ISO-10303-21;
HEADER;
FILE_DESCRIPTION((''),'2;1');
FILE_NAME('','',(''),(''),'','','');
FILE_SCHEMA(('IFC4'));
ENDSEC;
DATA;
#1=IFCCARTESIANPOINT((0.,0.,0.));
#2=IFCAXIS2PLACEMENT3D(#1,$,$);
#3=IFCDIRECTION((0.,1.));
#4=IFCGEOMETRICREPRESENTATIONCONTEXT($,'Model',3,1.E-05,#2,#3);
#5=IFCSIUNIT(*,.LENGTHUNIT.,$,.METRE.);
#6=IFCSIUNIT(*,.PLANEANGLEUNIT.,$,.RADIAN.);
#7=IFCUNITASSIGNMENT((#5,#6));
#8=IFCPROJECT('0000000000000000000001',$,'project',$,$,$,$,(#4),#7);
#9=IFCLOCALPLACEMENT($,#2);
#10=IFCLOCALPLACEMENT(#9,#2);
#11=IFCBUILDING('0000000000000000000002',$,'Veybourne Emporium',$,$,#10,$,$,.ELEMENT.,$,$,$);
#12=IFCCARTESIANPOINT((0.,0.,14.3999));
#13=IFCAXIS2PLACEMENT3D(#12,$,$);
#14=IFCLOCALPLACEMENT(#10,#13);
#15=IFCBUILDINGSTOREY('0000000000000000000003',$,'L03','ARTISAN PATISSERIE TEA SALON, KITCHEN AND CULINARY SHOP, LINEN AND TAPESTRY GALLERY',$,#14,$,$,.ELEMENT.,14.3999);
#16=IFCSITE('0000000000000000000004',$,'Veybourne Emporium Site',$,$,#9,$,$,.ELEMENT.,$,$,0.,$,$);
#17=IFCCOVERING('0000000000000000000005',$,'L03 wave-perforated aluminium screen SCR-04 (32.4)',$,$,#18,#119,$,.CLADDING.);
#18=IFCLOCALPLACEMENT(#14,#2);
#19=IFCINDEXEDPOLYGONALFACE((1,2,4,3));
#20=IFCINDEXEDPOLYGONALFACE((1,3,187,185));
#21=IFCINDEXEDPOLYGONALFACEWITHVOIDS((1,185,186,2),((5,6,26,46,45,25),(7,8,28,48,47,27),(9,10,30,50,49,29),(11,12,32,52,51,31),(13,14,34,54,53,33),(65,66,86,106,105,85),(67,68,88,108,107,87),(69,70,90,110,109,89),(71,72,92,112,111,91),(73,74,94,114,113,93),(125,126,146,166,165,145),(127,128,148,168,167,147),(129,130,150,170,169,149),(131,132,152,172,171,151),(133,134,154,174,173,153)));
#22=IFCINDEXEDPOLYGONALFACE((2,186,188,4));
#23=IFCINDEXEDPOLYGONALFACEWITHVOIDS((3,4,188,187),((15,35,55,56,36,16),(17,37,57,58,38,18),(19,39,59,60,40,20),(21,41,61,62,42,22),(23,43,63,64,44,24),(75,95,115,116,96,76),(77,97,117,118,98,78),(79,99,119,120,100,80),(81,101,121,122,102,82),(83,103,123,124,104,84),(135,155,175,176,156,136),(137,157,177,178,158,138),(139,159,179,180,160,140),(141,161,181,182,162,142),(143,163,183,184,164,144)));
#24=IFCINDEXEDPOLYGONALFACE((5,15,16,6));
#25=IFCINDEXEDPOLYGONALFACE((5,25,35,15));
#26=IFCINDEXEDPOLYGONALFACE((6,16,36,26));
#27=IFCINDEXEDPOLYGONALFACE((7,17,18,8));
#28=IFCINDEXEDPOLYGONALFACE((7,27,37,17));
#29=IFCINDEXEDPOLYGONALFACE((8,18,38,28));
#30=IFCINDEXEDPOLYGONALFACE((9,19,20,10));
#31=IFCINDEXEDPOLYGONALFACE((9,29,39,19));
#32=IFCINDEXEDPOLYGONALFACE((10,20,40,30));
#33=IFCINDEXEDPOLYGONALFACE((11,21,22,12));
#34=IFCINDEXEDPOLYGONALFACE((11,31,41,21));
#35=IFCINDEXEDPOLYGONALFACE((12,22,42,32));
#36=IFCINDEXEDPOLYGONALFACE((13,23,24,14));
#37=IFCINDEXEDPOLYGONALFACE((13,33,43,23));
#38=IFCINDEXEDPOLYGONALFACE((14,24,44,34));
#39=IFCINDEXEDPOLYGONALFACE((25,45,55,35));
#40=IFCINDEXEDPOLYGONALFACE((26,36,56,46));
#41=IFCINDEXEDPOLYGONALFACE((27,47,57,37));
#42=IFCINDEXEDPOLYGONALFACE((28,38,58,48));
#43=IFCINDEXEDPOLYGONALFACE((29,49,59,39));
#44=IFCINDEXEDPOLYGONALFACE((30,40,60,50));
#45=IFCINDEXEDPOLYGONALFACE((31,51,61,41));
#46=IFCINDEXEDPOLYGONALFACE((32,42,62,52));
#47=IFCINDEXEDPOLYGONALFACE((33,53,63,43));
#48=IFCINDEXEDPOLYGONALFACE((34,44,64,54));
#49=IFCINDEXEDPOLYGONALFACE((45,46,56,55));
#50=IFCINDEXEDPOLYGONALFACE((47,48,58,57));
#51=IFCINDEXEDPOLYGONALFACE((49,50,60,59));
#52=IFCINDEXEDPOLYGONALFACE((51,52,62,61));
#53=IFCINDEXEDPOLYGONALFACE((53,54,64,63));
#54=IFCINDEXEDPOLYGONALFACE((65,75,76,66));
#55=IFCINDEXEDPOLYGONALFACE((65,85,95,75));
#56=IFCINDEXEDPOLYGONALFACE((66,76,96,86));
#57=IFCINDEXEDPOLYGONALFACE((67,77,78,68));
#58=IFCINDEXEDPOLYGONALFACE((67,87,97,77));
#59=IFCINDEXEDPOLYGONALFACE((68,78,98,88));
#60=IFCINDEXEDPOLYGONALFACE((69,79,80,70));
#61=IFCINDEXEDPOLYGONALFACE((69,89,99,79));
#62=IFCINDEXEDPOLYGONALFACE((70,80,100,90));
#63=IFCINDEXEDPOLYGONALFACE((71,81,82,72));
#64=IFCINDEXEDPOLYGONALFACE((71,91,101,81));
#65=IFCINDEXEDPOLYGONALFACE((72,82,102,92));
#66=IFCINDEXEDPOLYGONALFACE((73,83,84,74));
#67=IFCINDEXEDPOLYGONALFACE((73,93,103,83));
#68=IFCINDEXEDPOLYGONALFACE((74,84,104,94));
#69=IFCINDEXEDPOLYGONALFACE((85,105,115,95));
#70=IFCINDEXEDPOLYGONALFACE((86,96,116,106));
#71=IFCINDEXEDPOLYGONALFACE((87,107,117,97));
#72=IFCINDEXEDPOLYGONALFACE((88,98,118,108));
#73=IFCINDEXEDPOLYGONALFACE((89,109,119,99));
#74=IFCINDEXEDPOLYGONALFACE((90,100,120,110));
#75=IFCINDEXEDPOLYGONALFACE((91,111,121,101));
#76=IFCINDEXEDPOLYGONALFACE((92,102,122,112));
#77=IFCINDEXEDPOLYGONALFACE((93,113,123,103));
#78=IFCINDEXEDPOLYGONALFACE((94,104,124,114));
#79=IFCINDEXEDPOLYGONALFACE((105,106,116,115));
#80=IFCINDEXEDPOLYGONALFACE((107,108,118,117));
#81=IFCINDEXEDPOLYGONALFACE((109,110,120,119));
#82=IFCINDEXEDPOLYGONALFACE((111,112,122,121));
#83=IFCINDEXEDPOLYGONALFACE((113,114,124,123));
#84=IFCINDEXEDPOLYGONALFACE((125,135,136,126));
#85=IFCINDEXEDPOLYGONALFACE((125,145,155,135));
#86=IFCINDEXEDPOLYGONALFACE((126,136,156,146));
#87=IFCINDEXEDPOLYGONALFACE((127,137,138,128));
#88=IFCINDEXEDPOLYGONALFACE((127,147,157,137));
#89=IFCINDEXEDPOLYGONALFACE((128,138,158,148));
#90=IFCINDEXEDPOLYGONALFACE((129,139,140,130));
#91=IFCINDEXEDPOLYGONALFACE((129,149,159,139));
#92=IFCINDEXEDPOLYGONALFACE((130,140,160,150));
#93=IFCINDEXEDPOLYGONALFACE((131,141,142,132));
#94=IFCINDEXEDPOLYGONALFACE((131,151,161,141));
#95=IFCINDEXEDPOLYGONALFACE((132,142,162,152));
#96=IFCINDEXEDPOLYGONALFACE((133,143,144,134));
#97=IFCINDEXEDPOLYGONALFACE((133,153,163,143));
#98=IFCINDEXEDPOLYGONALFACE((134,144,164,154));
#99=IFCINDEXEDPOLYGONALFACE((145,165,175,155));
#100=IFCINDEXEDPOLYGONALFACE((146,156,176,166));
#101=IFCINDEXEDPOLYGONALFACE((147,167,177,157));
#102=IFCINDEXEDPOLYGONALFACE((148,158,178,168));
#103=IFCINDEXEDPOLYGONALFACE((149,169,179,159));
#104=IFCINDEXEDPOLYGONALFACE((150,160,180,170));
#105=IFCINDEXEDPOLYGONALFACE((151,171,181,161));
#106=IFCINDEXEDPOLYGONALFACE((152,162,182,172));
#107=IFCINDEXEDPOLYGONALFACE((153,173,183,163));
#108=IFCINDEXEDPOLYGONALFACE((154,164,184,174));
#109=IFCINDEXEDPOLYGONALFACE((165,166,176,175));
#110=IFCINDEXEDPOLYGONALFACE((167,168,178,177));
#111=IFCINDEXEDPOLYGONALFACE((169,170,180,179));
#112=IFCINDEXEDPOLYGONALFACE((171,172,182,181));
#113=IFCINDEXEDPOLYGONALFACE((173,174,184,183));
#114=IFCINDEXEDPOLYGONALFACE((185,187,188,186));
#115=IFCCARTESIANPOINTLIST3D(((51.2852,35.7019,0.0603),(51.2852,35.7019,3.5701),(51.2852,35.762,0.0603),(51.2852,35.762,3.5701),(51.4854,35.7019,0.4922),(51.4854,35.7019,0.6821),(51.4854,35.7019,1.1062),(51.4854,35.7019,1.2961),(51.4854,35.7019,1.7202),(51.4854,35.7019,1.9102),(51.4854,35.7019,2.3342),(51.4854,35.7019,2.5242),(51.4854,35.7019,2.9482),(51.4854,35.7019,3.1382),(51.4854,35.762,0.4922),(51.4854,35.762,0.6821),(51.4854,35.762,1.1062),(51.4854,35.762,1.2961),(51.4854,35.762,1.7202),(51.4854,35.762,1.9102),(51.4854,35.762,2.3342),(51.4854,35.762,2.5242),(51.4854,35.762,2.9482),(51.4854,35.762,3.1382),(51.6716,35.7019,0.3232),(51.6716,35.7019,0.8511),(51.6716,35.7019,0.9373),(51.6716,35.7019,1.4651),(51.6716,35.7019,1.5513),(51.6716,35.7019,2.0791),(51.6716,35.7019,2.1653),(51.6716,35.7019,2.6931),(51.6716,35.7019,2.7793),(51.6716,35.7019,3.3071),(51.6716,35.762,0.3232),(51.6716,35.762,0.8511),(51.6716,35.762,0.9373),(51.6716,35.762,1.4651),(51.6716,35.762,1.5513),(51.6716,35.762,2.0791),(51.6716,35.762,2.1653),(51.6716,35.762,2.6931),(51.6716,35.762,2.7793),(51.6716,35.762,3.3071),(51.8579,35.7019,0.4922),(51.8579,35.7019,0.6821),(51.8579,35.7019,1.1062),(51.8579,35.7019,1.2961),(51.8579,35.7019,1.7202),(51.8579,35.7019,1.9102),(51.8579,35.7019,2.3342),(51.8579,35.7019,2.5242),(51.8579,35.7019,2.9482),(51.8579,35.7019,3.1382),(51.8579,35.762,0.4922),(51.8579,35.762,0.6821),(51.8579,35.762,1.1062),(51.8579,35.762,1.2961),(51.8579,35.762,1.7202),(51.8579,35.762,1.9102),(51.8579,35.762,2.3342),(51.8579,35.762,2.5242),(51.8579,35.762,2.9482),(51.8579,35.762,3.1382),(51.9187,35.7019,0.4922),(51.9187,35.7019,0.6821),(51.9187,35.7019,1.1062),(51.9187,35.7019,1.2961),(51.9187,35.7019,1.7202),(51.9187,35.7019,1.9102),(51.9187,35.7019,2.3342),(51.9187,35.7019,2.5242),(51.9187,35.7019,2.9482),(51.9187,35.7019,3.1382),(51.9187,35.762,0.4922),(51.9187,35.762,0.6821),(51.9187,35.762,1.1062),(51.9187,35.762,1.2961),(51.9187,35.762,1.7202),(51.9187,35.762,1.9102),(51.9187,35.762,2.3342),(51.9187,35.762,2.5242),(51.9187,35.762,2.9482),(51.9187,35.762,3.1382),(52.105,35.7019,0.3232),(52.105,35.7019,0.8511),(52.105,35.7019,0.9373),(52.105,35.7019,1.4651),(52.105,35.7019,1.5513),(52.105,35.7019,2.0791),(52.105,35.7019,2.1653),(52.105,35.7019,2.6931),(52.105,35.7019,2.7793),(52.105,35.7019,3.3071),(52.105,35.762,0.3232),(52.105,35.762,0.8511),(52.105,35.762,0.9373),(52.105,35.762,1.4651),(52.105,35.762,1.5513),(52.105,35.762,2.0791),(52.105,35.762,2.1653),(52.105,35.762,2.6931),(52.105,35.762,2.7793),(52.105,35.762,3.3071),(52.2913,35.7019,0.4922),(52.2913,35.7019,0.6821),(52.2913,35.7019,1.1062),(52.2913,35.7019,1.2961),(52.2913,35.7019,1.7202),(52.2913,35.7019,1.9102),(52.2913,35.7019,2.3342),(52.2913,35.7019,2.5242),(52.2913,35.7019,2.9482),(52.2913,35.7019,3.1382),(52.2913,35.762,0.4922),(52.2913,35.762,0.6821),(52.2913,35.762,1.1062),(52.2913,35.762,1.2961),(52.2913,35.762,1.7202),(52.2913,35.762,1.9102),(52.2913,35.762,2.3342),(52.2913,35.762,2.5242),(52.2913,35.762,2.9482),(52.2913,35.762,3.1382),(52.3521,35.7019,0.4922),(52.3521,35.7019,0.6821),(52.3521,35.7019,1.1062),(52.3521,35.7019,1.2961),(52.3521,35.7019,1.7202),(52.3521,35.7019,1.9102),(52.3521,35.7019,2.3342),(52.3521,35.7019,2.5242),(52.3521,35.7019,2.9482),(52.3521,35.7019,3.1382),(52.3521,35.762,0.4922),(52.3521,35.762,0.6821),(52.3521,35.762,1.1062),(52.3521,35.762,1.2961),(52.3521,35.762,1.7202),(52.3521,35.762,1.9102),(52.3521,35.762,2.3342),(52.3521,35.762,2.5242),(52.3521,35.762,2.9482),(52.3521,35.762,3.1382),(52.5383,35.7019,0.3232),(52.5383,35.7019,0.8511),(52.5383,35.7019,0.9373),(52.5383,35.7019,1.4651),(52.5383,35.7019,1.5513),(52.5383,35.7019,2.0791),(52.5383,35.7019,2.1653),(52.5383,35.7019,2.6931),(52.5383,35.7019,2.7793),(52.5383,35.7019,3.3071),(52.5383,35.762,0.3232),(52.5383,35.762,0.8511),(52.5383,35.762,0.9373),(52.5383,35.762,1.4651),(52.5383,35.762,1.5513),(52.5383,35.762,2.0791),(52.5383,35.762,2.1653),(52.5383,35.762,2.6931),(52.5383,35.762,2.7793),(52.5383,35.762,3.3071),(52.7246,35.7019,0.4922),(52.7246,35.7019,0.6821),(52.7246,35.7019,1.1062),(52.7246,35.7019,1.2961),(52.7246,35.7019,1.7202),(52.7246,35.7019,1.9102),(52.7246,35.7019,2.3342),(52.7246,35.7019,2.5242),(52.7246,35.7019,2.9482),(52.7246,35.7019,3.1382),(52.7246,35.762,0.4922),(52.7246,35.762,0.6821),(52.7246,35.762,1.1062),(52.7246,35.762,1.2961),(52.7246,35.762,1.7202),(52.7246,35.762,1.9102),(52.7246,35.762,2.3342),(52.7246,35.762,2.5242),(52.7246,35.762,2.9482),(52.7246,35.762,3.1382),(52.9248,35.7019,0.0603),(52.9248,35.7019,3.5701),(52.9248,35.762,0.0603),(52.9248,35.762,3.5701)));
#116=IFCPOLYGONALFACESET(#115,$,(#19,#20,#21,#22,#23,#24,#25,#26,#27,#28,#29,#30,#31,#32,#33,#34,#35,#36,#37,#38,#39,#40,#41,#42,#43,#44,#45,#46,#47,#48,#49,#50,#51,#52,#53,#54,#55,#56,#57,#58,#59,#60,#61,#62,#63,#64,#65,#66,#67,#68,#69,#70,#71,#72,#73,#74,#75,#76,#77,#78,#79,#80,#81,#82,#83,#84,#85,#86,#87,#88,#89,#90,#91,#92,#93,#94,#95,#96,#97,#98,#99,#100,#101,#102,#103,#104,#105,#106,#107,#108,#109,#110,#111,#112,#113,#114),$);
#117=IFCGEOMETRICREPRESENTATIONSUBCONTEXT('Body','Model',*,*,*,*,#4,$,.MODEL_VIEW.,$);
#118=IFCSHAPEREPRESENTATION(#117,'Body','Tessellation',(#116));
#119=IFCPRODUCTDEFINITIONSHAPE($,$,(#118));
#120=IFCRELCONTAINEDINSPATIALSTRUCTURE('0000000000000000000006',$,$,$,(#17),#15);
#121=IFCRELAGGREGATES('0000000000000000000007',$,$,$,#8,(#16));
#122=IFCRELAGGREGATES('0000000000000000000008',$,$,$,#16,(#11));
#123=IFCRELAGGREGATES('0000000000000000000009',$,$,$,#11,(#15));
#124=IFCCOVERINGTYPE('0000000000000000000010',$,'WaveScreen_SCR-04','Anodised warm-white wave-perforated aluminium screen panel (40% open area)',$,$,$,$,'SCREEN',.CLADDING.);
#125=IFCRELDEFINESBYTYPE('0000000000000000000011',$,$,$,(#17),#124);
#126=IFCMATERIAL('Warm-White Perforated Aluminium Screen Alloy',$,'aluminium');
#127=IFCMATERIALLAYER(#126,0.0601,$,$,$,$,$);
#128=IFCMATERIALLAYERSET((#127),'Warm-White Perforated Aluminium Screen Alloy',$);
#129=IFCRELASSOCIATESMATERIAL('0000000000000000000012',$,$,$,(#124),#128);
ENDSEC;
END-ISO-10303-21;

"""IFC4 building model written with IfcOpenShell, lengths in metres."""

from ifc_helpers import new_model, si_unit, direction, frame, origin, place, context, subcontext, project, spatial, polyline, outline, extrude, material, layer, layer_set, type_object, element, save


model = new_model("IFC4")

# Units and contexts
model_context = context("Model", 3, precision=1e-05, world=origin(), true_north=direction((0.0, 1.0)))
body_context = subcontext(model_context, "Body", "Model", "MODEL_VIEW")
ifc_project = project(units=[si_unit("LENGTHUNIT", "METRE"), si_unit("PLANEANGLEUNIT", "RADIAN")], contexts=[model_context])

# Site, building, storey
site_placement = place(None, origin())
site = spatial("IfcSite", under=ifc_project, at=site_placement, Name="Veybourne Emporium Site", CompositionType="ELEMENT", RefElevation=0.0)
building_placement = place(site_placement, origin())
building = spatial("IfcBuilding", under=site, at=building_placement, Name="Veybourne Emporium", CompositionType="ELEMENT")
storey_placement = place(building_placement, frame((0.0, 0.0, 14.3999)))
storey = spatial("IfcBuildingStorey", under=building, at=storey_placement, Name="L03", Description="ARTISAN PATISSERIE TEA SALON, KITCHEN AND CULINARY SHOP, LINEN AND TAPESTRY GALLERY", CompositionType="ELEMENT", Elevation=14.3999)

# Covering
ifc_material_1 = material(Name="Warm-White Perforated Aluminium Screen Alloy", Category="aluminium")
ifc_layer_1 = layer(ifc_material_1, 0.0601)
ifc_layer_set_1 = layer_set([ifc_layer_1], Name="Warm-White Perforated Aluminium Screen Alloy")
covering_type = type_object("IfcCoveringType", Name="WaveScreen_SCR-04", Description="Anodised warm-white wave-perforated aluminium screen panel (40% open area)", ElementType="SCREEN", PredefinedType="CLADDING", material=ifc_layer_set_1)
covering_placement = place(storey_placement, frame((52.105, 35.7019, 1.8152), z_axis=(0.0, 1.0, 0.0), x_axis=(-1.0, 0.0, 0.0)))
element("IfcCovering", 1, at=covering_placement, inside=storey, type_object=covering_type, Name="L03 wave-perforated aluminium screen SCR-04 (32.4)", PredefinedType="CLADDING", context=body_context, shape_type="SweptSolid", body=[
    extrude(outline(polyline([(-0.8198, -1.7549), (0.8198, -1.7549), (0.8198, 1.7549), (-0.8198, 1.7549), (-0.8198, -1.7549)]), holes=[polyline([(-0.4333, -0.9641), (-0.2471, -1.1331), (-0.2471, -1.323), (-0.4333, -1.4919), (-0.6196, -1.323), (-0.6196, -1.1331), (-0.4333, -0.9641)]), polyline([(-0.4333, -0.3501), (-0.2471, -0.519), (-0.2471, -0.709), (-0.4333, -0.8779), (-0.6196, -0.709), (-0.6196, -0.519), (-0.4333, -0.3501)]), polyline([(-0.4333, 0.2639), (-0.2471, 0.095), (-0.2471, -0.095), (-0.4333, -0.2639), (-0.6196, -0.095), (-0.6196, 0.095), (-0.4333, 0.2639)]), polyline([(-0.4333, 0.8779), (-0.2471, 0.709), (-0.2471, 0.519), (-0.4333, 0.3501), (-0.6196, 0.519), (-0.6196, 0.709), (-0.4333, 0.8779)]), polyline([(-0.4333, 1.4919), (-0.2471, 1.323), (-0.2471, 1.1331), (-0.4333, 0.9641), (-0.6196, 1.1331), (-0.6196, 1.323), (-0.4333, 1.4919)]), polyline([(0.0, -0.9641), (0.1863, -1.1331), (0.1863, -1.323), (0.0, -1.4919), (-0.1863, -1.323), (-0.1863, -1.1331), (0.0, -0.9641)]), polyline([(0.0, -0.3501), (0.1863, -0.519), (0.1863, -0.709), (0.0, -0.8779), (-0.1863, -0.709), (-0.1863, -0.519), (0.0, -0.3501)]), polyline([(0.0, 0.2639), (0.1863, 0.095), (0.1863, -0.095), (0.0, -0.2639), (-0.1863, -0.095), (-0.1863, 0.095), (0.0, 0.2639)]), polyline([(0.0, 0.8779), (0.1863, 0.709), (0.1863, 0.519), (0.0, 0.3501), (-0.1863, 0.519), (-0.1863, 0.709), (0.0, 0.8779)]), polyline([(0.0, 1.4919), (0.1863, 1.323), (0.1863, 1.1331), (0.0, 0.9641), (-0.1863, 1.1331), (-0.1863, 1.323), (0.0, 1.4919)]), polyline([(0.4333, -0.9641), (0.6196, -1.1331), (0.6196, -1.323), (0.4333, -1.4919), (0.2471, -1.323), (0.2471, -1.1331), (0.4333, -0.9641)]), polyline([(0.4333, -0.3501), (0.6196, -0.519), (0.6196, -0.709), (0.4333, -0.8779), (0.2471, -0.709), (0.2471, -0.519), (0.4333, -0.3501)]), polyline([(0.4333, 0.2639), (0.6196, 0.095), (0.6196, -0.095), (0.4333, -0.2639), (0.2471, -0.095), (0.2471, 0.095), (0.4333, 0.2639)]), polyline([(0.4333, 0.8779), (0.6196, 0.709), (0.6196, 0.519), (0.4333, 0.3501), (0.2471, 0.519), (0.2471, 0.709), (0.4333, 0.8779)]), polyline([(0.4333, 1.4919), (0.6196, 1.323), (0.6196, 1.1331), (0.4333, 0.9641), (0.2471, 1.1331), (0.2471, 1.323), (0.4333, 1.4919)])]), origin(), (0.0, 0.0, 1.0), 0.0601),
])

save(model, "model.ifc")
